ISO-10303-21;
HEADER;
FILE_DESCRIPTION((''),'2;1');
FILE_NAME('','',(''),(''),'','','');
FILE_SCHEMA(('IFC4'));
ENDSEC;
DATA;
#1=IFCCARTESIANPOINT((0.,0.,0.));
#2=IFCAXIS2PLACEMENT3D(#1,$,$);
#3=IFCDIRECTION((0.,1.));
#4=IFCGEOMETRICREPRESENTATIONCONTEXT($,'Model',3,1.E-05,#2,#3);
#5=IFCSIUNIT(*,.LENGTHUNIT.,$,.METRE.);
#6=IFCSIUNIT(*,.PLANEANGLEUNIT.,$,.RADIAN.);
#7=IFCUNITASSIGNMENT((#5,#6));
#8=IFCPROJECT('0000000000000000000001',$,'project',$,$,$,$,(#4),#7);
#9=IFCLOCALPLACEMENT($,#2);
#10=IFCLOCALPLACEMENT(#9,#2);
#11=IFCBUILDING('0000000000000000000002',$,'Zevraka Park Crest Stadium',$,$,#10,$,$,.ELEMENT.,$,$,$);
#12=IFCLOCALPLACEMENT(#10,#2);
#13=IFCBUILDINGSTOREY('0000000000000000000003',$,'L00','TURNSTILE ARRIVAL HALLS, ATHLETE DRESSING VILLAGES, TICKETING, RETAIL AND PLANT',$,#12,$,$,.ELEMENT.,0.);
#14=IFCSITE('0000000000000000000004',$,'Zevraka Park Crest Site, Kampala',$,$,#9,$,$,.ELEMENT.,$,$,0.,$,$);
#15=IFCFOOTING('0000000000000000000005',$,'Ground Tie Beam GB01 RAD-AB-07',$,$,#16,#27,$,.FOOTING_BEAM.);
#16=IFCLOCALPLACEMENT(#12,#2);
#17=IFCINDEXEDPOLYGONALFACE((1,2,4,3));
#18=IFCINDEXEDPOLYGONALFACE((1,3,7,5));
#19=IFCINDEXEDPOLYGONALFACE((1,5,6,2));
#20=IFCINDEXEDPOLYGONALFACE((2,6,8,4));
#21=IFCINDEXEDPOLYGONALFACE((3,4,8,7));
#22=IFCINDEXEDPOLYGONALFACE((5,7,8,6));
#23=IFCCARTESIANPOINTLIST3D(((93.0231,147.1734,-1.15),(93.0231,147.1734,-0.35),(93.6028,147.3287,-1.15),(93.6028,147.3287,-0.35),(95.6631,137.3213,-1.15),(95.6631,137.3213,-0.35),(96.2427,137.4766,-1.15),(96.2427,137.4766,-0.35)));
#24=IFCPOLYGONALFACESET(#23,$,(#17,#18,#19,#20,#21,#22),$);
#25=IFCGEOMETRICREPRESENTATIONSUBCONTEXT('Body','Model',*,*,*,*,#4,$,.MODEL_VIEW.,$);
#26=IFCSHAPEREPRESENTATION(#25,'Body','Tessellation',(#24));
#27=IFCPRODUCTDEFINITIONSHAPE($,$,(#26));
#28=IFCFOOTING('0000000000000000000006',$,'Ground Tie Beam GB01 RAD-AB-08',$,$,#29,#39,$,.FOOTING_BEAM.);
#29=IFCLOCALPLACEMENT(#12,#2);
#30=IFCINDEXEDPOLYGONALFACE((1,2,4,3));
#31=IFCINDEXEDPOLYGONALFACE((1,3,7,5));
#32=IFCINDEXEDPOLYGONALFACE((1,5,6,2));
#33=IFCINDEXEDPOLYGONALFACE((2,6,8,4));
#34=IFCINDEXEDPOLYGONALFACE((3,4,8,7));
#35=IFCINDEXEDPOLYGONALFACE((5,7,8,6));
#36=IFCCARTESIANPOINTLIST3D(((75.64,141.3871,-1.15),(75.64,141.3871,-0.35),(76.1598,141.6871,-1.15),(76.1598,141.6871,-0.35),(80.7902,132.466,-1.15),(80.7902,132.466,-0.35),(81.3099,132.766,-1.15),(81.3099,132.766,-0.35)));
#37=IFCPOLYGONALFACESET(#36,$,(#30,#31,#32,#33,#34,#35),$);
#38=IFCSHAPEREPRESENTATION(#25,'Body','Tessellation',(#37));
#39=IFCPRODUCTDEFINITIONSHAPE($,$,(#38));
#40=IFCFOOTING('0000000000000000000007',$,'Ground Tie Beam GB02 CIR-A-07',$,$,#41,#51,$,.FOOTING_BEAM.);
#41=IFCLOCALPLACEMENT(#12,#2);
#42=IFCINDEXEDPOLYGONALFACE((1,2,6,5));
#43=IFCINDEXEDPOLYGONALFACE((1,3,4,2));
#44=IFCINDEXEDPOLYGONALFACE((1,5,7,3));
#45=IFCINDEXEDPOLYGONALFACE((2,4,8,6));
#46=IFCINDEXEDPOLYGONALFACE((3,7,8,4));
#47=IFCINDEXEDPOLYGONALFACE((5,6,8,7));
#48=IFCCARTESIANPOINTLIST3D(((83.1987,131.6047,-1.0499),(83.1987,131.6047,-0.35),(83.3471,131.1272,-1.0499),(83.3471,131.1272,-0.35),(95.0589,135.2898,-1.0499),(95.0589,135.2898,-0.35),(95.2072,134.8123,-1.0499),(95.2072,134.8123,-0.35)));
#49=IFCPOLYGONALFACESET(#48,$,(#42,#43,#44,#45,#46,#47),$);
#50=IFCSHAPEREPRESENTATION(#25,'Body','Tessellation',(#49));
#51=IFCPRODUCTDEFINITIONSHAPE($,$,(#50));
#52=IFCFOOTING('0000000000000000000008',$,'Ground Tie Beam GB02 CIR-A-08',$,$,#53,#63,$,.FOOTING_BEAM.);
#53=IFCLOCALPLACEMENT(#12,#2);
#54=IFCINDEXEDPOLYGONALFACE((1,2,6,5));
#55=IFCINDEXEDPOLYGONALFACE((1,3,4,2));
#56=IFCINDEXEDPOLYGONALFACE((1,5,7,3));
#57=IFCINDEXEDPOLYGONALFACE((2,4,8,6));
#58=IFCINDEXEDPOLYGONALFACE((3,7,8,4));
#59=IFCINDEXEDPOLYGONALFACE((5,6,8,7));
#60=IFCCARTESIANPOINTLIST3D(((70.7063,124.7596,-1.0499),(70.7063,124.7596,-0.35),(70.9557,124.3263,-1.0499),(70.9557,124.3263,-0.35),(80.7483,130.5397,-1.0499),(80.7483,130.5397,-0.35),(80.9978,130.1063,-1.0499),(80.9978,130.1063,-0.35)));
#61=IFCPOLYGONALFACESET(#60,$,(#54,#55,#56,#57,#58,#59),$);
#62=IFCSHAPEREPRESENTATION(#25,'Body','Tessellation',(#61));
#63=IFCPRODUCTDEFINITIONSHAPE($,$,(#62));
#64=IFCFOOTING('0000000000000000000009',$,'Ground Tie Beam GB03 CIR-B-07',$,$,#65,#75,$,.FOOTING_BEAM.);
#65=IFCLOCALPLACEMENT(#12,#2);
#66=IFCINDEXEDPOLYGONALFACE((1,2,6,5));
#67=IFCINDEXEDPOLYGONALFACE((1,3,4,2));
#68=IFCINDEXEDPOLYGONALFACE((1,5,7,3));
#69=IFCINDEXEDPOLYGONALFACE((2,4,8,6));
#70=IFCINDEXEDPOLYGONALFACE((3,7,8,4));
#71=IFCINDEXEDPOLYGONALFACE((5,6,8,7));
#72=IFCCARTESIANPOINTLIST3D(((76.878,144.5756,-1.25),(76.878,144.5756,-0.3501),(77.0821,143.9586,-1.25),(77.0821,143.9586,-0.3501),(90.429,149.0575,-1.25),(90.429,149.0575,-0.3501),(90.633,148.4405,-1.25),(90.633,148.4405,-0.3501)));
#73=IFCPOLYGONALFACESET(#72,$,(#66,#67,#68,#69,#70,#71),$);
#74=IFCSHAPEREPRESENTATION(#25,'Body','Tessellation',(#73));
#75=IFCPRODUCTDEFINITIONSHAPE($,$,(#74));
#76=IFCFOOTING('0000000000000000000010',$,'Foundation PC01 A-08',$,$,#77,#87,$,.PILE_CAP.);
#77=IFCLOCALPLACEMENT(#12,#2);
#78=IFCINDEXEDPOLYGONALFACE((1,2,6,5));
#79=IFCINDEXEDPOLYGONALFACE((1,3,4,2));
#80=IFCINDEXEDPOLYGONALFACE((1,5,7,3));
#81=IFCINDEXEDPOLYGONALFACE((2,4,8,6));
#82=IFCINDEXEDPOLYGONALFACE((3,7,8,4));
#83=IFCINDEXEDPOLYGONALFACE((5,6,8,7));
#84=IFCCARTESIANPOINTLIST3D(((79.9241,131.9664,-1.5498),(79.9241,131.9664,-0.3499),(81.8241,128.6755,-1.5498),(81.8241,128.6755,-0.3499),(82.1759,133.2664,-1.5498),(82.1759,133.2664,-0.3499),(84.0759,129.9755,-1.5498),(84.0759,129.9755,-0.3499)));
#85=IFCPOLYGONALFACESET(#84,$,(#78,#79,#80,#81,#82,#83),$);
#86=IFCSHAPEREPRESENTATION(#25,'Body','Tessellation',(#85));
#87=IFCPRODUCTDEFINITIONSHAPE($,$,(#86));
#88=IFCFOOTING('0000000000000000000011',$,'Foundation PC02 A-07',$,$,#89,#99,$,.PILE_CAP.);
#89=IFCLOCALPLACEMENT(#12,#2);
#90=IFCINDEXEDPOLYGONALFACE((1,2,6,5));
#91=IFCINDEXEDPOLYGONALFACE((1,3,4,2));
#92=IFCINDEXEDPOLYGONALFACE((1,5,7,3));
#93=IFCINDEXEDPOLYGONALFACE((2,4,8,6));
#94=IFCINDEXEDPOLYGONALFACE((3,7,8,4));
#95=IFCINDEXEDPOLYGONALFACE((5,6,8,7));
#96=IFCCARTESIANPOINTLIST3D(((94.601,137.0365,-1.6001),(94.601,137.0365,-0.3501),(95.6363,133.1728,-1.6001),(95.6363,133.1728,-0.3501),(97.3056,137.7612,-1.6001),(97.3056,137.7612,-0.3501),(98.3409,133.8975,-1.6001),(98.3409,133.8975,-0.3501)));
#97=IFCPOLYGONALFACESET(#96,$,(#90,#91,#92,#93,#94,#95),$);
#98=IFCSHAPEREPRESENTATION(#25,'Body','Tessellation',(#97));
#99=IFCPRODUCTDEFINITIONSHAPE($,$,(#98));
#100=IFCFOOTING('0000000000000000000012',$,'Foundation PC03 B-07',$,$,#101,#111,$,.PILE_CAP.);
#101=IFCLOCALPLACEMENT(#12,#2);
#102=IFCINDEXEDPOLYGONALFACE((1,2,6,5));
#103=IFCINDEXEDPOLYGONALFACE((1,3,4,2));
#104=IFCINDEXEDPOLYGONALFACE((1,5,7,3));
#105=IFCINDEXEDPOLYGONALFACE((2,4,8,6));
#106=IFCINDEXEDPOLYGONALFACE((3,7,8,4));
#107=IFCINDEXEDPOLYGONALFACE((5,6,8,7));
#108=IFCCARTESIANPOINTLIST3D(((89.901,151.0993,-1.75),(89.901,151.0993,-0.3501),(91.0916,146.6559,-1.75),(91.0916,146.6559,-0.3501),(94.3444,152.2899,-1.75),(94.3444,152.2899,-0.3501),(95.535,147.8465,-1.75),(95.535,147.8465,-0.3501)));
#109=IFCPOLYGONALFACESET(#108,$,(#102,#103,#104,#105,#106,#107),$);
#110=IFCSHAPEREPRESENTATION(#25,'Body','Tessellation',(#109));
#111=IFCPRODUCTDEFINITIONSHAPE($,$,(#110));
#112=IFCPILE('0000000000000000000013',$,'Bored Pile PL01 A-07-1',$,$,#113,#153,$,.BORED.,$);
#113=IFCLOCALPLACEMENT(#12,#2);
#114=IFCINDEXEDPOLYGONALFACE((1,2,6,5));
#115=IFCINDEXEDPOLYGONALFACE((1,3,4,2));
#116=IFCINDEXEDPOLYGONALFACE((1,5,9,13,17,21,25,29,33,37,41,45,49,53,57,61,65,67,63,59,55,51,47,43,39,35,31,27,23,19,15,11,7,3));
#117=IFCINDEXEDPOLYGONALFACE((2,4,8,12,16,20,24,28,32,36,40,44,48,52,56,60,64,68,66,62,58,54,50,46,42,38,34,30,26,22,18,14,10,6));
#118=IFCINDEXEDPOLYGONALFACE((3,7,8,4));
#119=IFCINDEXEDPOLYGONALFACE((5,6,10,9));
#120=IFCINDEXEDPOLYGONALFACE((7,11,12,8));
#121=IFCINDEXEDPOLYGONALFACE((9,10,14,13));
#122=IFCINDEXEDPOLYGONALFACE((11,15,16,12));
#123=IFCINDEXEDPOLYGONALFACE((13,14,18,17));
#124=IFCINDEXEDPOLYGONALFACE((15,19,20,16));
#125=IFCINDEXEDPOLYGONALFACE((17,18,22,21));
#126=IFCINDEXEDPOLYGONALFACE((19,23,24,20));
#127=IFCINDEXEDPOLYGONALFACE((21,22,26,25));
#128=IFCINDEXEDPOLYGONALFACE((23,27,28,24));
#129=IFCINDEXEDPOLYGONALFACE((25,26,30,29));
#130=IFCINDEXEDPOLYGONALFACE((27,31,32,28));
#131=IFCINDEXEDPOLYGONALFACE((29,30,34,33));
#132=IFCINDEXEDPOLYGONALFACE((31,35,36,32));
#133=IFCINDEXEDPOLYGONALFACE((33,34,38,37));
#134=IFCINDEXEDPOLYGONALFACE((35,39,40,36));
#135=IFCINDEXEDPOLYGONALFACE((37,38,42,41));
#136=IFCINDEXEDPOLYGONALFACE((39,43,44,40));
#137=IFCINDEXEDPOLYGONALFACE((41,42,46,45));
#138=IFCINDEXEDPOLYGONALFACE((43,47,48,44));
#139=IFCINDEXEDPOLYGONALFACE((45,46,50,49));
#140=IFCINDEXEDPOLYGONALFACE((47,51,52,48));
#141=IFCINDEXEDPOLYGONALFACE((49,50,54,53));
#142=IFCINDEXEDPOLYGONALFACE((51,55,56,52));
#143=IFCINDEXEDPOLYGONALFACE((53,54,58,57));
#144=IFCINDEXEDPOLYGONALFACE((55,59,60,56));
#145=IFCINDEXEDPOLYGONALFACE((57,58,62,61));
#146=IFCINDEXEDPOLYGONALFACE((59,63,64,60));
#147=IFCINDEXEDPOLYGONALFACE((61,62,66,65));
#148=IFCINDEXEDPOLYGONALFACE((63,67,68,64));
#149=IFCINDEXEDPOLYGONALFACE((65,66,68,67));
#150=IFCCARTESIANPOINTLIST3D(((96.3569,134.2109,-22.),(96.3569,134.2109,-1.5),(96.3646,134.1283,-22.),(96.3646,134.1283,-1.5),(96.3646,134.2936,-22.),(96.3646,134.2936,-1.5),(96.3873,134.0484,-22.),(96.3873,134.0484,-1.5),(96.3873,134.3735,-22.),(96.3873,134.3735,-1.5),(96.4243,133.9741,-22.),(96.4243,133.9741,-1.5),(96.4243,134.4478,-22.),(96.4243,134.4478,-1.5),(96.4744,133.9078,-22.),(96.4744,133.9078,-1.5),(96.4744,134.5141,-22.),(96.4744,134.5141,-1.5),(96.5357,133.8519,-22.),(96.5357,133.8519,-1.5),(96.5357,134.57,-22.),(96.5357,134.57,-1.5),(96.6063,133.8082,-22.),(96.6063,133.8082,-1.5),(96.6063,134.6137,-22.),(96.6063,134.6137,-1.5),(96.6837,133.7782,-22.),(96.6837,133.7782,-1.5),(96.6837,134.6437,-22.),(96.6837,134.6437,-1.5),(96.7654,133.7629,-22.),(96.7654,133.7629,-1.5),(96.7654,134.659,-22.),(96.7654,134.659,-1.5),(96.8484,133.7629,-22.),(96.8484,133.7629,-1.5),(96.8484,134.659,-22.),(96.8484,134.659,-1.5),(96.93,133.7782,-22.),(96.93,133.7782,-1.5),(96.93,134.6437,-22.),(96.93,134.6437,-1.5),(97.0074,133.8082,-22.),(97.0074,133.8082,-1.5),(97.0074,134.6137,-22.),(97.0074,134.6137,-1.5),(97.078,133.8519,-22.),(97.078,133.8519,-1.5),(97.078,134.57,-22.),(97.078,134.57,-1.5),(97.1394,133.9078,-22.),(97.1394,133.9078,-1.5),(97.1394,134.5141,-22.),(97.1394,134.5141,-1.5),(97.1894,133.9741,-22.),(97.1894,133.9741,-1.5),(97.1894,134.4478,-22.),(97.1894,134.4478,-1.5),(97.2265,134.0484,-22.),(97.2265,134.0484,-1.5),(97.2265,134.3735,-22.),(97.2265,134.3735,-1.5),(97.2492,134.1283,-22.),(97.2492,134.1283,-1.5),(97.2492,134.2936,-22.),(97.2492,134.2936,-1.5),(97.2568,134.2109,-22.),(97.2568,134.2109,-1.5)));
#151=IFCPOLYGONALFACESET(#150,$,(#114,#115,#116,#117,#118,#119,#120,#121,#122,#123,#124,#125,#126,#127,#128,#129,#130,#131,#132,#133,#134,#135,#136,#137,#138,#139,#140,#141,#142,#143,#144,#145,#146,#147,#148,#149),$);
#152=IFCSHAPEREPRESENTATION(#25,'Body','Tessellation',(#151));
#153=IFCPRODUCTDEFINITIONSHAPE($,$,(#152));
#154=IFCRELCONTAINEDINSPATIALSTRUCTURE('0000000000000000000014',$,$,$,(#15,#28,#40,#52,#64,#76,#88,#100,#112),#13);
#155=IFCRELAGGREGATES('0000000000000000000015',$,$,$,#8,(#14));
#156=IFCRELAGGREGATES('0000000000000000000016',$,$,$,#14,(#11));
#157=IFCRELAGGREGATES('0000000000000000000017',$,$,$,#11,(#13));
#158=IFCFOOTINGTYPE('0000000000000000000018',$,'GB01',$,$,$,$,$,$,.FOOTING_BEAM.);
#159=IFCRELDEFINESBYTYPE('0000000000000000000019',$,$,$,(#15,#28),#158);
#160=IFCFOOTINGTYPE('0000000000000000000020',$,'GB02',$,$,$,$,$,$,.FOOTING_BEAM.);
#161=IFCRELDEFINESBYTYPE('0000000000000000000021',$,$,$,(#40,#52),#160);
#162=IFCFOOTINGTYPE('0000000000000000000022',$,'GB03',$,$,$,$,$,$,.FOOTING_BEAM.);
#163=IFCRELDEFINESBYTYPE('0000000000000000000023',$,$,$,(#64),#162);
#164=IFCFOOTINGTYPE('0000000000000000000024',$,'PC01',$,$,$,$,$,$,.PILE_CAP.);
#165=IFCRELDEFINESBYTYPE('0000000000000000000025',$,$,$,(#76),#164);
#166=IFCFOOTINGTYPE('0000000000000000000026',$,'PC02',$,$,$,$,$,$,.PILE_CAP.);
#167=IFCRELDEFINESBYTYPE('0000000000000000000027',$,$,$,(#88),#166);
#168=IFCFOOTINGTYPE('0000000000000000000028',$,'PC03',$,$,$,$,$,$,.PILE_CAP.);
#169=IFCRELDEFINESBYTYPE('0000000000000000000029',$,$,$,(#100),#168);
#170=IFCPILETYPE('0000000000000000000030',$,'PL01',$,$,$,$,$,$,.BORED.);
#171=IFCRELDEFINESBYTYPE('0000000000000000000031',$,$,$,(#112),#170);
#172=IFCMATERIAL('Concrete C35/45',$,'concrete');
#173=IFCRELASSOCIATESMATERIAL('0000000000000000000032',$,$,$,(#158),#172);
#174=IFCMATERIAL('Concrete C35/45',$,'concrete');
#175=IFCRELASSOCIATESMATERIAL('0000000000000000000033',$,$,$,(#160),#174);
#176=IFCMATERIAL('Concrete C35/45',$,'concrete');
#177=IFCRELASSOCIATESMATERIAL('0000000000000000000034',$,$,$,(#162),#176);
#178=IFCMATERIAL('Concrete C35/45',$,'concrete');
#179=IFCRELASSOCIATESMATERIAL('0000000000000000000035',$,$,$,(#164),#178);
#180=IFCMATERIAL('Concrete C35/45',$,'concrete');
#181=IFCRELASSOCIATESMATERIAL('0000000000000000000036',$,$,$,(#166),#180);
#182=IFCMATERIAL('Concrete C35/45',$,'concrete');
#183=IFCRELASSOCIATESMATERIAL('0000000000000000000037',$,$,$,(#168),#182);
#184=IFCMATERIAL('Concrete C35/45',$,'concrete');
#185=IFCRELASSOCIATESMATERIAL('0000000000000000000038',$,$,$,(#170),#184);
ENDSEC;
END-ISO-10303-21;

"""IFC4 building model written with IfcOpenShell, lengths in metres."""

from ifc_helpers import new_model, si_unit, direction, frame, origin, origin_2d, place, context, subcontext, project, spatial, rectangle, circle, extrude, material, material_profile, profile_set, type_object, element, save


model = new_model("IFC4")

# Units and contexts
model_context = context("Model", 3, precision=1e-05, world=origin(), true_north=direction((0.0, 1.0)))
body_context = subcontext(model_context, "Body", "Model", "MODEL_VIEW")
ifc_project = project(units=[si_unit("LENGTHUNIT", "METRE"), si_unit("PLANEANGLEUNIT", "RADIAN")], contexts=[model_context])

# Site, building, storey
site_placement = place(None, origin())
site = spatial("IfcSite", under=ifc_project, at=site_placement, Name="Zevraka Park Crest Site, Kampala", CompositionType="ELEMENT", RefElevation=0.0)
building_placement = place(site_placement, origin())
building = spatial("IfcBuilding", under=site, at=building_placement, Name="Zevraka Park Crest Stadium", CompositionType="ELEMENT")
storey_placement = place(building_placement, origin())
storey = spatial("IfcBuildingStorey", under=building, at=storey_placement, Name="L00", Description="TURNSTILE ARRIVAL HALLS, ATHLETE DRESSING VILLAGES, TICKETING, RETAIL AND PLANT", CompositionType="ELEMENT", Elevation=0.0)

# Footings
ifc_material_1 = material(Name="Concrete C35/45", Category="concrete")
ifc_material_profile_1 = material_profile(ifc_material_1, rectangle(XDim=0.6001, YDim=0.8, at=origin_2d()), Name="GB 800x600")
ifc_profile_set_1 = profile_set([ifc_material_profile_1], Name="Concrete C35/45")
footing_type_1 = type_object("IfcFootingType", Name="GB01", PredefinedType="FOOTING_BEAM", material=ifc_profile_set_1)
footing_1_placement = place(storey_placement, frame((95.9529, 137.3989, -0.75), z_axis=(-0.258823, 0.965925, 0.0), x_axis=(-0.965925, -0.258823, 0.0)))
element("IfcFooting", 1, at=footing_1_placement, inside=storey, type_object=footing_type_1, Name="Ground Tie Beam GB01 RAD-AB-07", PredefinedType="FOOTING_BEAM", context=body_context, shape_type="SweptSolid", body=[
    extrude(rectangle(XDim=0.6001, YDim=0.8, at=origin_2d()), origin(), (0.0, 0.0, 1.0), 10.1997),
])
footing_2_placement = place(storey_placement, frame((81.05, 132.616, -0.75), z_axis=(-0.499965, 0.866045, 0.0), x_axis=(-0.866045, -0.499965, 0.0)))
element("IfcFooting", 2, at=footing_2_placement, inside=storey, type_object=footing_type_1, Name="Ground Tie Beam GB01 RAD-AB-08", PredefinedType="FOOTING_BEAM", context=body_context, shape_type="SweptSolid", body=[
    extrude(rectangle(XDim=0.6001, YDim=0.8, at=origin_2d()), origin(), (0.0, 0.0, 1.0), 10.301),
])
ifc_material_2 = material(Name="Concrete C35/45", Category="concrete")
ifc_material_profile_2 = material_profile(ifc_material_2, rectangle(XDim=0.5, YDim=0.7, at=origin_2d()), Name="GB 700x500")
ifc_profile_set_2 = profile_set([ifc_material_profile_2], Name="Concrete C35/45")
footing_type_2 = type_object("IfcFootingType", Name="GB02", PredefinedType="FOOTING_BEAM", material=ifc_profile_set_2)
footing_3_placement = place(storey_placement, frame((95.1331, 135.051, -0.7), z_axis=(-0.954965, -0.296718, 0.0), x_axis=(0.296718, -0.954965, 0.0)))
element("IfcFooting", 3, at=footing_3_placement, inside=storey, type_object=footing_type_2, Name="Ground Tie Beam GB02 CIR-A-07", PredefinedType="FOOTING_BEAM", context=body_context, shape_type="SweptSolid", body=[
    extrude(rectangle(XDim=0.5, YDim=0.7, at=origin_2d()), origin(), (0.0, 0.0, 1.0), 12.4194),
])
footing_4_placement = place(storey_placement, frame((80.873, 130.323, -0.7), z_axis=(-0.866687, -0.498853, 0.0), x_axis=(0.498853, -0.866687, 0.0)))
element("IfcFooting", 4, at=footing_4_placement, inside=storey, type_object=footing_type_2, Name="Ground Tie Beam GB02 CIR-A-08", PredefinedType="FOOTING_BEAM", context=body_context, shape_type="SweptSolid", body=[
    extrude(rectangle(XDim=0.5, YDim=0.7, at=origin_2d()), origin(), (0.0, 0.0, 1.0), 11.5867),
])
ifc_material_3 = material(Name="Concrete C35/45", Category="concrete")
ifc_material_profile_3 = material_profile(ifc_material_3, rectangle(XDim=0.6499, YDim=0.8999, at=origin_2d()), Name="GB 900x650")
ifc_profile_set_3 = profile_set([ifc_material_profile_3], Name="Concrete C35/45")
footing_type_3 = type_object("IfcFootingType", Name="GB03", PredefinedType="FOOTING_BEAM", material=ifc_profile_set_3)
footing_5_placement = place(storey_placement, frame((90.531, 148.749, -0.8), z_axis=(-0.949418, -0.314015, 0.0), x_axis=(0.314015, -0.949418, 0.0)))
element("IfcFooting", 5, at=footing_5_placement, inside=storey, type_object=footing_type_3, Name="Ground Tie Beam GB03 CIR-B-07", PredefinedType="FOOTING_BEAM", context=body_context, shape_type="SweptSolid", body=[
    extrude(rectangle(XDim=0.6499, YDim=0.8999, at=origin_2d()), origin(), (0.0, 0.0, 1.0), 14.2729),
])
ifc_material_4 = material(Name="Concrete C35/45", Category="concrete")
footing_type_4 = type_object("IfcFootingType", Name="PC01", PredefinedType="PILE_CAP", material=ifc_material_4)
footing_6_placement = place(storey_placement, frame((82.0, 130.9709, -1.5498), z_axis=(0.0, 0.0, 1.0), x_axis=(-0.5, 0.866025, 0.0)))
element("IfcFooting", 6, at=footing_6_placement, inside=storey, type_object=footing_type_4, Name="Foundation PC01 A-08", PredefinedType="PILE_CAP", context=body_context, shape_type="SweptSolid", body=[
    extrude(rectangle(XDim=3.8, YDim=2.6001, at=origin_2d()), origin(), (0.0, 0.0, 1.0), 1.2),
])
ifc_material_5 = material(Name="Concrete C35/45", Category="concrete")
footing_type_5 = type_object("IfcFootingType", Name="PC02", PredefinedType="PILE_CAP", material=ifc_material_5)
footing_7_placement = place(storey_placement, frame((96.4709, 135.467, -1.6001), z_axis=(0.0, 0.0, 1.0), x_axis=(-0.258819, 0.965926, 0.0)))
element("IfcFooting", 7, at=footing_7_placement, inside=storey, type_object=footing_type_5, Name="Foundation PC02 A-07", PredefinedType="PILE_CAP", context=body_context, shape_type="SweptSolid", body=[
    extrude(rectangle(XDim=4.0, YDim=2.8, at=origin_2d()), origin(), (0.0, 0.0, 1.0), 1.25),
])
ifc_material_6 = material(Name="Concrete C35/45", Category="concrete")
footing_type_6 = type_object("IfcFootingType", Name="PC03", PredefinedType="PILE_CAP", material=ifc_material_6)
footing_8_placement = place(storey_placement, frame((92.718, 149.4729, -1.75), z_axis=(0.0, 0.0, 1.0), x_axis=(-0.258819, 0.965926, 0.0)))
element("IfcFooting", 8, at=footing_8_placement, inside=storey, type_object=footing_type_6, Name="Foundation PC03 B-07", PredefinedType="PILE_CAP", context=body_context, shape_type="SweptSolid", body=[
    extrude(rectangle(XDim=4.6001, YDim=4.6001, at=origin_2d()), origin(), (0.0, 0.0, 1.0), 1.3999),
])

# Pile
ifc_material_7 = material(Name="Concrete C35/45", Category="concrete")
ifc_material_profile_4 = material_profile(ifc_material_7, circle(Radius=0.45, at=origin_2d()), Name="PILE D900")
ifc_profile_set_4 = profile_set([ifc_material_profile_4], Name="Concrete C35/45")
pile_type_1 = type_object("IfcPileType", Name="PL01", PredefinedType="BORED", material=ifc_profile_set_4)
for number, where, z_axis, x_axis, name in (
    (9, (96.8069, 134.2109, -1.5), (0.0, 0.0, -1.0), (1.0, 0.0, 0.0), "Bored Pile PL01 A-07-1"),
):
    element("IfcPile", number, at=place(storey_placement, frame(where, z_axis=z_axis, x_axis=x_axis)), inside=storey, type_object=pile_type_1, Name=name, PredefinedType="BORED", context=body_context, shape_type="SweptSolid", body=[
        extrude(circle(Radius=0.45, at=origin_2d()), origin(), (0.0, 0.0, 1.0), 20.5),
    ])

save(model, "model.ifc")
